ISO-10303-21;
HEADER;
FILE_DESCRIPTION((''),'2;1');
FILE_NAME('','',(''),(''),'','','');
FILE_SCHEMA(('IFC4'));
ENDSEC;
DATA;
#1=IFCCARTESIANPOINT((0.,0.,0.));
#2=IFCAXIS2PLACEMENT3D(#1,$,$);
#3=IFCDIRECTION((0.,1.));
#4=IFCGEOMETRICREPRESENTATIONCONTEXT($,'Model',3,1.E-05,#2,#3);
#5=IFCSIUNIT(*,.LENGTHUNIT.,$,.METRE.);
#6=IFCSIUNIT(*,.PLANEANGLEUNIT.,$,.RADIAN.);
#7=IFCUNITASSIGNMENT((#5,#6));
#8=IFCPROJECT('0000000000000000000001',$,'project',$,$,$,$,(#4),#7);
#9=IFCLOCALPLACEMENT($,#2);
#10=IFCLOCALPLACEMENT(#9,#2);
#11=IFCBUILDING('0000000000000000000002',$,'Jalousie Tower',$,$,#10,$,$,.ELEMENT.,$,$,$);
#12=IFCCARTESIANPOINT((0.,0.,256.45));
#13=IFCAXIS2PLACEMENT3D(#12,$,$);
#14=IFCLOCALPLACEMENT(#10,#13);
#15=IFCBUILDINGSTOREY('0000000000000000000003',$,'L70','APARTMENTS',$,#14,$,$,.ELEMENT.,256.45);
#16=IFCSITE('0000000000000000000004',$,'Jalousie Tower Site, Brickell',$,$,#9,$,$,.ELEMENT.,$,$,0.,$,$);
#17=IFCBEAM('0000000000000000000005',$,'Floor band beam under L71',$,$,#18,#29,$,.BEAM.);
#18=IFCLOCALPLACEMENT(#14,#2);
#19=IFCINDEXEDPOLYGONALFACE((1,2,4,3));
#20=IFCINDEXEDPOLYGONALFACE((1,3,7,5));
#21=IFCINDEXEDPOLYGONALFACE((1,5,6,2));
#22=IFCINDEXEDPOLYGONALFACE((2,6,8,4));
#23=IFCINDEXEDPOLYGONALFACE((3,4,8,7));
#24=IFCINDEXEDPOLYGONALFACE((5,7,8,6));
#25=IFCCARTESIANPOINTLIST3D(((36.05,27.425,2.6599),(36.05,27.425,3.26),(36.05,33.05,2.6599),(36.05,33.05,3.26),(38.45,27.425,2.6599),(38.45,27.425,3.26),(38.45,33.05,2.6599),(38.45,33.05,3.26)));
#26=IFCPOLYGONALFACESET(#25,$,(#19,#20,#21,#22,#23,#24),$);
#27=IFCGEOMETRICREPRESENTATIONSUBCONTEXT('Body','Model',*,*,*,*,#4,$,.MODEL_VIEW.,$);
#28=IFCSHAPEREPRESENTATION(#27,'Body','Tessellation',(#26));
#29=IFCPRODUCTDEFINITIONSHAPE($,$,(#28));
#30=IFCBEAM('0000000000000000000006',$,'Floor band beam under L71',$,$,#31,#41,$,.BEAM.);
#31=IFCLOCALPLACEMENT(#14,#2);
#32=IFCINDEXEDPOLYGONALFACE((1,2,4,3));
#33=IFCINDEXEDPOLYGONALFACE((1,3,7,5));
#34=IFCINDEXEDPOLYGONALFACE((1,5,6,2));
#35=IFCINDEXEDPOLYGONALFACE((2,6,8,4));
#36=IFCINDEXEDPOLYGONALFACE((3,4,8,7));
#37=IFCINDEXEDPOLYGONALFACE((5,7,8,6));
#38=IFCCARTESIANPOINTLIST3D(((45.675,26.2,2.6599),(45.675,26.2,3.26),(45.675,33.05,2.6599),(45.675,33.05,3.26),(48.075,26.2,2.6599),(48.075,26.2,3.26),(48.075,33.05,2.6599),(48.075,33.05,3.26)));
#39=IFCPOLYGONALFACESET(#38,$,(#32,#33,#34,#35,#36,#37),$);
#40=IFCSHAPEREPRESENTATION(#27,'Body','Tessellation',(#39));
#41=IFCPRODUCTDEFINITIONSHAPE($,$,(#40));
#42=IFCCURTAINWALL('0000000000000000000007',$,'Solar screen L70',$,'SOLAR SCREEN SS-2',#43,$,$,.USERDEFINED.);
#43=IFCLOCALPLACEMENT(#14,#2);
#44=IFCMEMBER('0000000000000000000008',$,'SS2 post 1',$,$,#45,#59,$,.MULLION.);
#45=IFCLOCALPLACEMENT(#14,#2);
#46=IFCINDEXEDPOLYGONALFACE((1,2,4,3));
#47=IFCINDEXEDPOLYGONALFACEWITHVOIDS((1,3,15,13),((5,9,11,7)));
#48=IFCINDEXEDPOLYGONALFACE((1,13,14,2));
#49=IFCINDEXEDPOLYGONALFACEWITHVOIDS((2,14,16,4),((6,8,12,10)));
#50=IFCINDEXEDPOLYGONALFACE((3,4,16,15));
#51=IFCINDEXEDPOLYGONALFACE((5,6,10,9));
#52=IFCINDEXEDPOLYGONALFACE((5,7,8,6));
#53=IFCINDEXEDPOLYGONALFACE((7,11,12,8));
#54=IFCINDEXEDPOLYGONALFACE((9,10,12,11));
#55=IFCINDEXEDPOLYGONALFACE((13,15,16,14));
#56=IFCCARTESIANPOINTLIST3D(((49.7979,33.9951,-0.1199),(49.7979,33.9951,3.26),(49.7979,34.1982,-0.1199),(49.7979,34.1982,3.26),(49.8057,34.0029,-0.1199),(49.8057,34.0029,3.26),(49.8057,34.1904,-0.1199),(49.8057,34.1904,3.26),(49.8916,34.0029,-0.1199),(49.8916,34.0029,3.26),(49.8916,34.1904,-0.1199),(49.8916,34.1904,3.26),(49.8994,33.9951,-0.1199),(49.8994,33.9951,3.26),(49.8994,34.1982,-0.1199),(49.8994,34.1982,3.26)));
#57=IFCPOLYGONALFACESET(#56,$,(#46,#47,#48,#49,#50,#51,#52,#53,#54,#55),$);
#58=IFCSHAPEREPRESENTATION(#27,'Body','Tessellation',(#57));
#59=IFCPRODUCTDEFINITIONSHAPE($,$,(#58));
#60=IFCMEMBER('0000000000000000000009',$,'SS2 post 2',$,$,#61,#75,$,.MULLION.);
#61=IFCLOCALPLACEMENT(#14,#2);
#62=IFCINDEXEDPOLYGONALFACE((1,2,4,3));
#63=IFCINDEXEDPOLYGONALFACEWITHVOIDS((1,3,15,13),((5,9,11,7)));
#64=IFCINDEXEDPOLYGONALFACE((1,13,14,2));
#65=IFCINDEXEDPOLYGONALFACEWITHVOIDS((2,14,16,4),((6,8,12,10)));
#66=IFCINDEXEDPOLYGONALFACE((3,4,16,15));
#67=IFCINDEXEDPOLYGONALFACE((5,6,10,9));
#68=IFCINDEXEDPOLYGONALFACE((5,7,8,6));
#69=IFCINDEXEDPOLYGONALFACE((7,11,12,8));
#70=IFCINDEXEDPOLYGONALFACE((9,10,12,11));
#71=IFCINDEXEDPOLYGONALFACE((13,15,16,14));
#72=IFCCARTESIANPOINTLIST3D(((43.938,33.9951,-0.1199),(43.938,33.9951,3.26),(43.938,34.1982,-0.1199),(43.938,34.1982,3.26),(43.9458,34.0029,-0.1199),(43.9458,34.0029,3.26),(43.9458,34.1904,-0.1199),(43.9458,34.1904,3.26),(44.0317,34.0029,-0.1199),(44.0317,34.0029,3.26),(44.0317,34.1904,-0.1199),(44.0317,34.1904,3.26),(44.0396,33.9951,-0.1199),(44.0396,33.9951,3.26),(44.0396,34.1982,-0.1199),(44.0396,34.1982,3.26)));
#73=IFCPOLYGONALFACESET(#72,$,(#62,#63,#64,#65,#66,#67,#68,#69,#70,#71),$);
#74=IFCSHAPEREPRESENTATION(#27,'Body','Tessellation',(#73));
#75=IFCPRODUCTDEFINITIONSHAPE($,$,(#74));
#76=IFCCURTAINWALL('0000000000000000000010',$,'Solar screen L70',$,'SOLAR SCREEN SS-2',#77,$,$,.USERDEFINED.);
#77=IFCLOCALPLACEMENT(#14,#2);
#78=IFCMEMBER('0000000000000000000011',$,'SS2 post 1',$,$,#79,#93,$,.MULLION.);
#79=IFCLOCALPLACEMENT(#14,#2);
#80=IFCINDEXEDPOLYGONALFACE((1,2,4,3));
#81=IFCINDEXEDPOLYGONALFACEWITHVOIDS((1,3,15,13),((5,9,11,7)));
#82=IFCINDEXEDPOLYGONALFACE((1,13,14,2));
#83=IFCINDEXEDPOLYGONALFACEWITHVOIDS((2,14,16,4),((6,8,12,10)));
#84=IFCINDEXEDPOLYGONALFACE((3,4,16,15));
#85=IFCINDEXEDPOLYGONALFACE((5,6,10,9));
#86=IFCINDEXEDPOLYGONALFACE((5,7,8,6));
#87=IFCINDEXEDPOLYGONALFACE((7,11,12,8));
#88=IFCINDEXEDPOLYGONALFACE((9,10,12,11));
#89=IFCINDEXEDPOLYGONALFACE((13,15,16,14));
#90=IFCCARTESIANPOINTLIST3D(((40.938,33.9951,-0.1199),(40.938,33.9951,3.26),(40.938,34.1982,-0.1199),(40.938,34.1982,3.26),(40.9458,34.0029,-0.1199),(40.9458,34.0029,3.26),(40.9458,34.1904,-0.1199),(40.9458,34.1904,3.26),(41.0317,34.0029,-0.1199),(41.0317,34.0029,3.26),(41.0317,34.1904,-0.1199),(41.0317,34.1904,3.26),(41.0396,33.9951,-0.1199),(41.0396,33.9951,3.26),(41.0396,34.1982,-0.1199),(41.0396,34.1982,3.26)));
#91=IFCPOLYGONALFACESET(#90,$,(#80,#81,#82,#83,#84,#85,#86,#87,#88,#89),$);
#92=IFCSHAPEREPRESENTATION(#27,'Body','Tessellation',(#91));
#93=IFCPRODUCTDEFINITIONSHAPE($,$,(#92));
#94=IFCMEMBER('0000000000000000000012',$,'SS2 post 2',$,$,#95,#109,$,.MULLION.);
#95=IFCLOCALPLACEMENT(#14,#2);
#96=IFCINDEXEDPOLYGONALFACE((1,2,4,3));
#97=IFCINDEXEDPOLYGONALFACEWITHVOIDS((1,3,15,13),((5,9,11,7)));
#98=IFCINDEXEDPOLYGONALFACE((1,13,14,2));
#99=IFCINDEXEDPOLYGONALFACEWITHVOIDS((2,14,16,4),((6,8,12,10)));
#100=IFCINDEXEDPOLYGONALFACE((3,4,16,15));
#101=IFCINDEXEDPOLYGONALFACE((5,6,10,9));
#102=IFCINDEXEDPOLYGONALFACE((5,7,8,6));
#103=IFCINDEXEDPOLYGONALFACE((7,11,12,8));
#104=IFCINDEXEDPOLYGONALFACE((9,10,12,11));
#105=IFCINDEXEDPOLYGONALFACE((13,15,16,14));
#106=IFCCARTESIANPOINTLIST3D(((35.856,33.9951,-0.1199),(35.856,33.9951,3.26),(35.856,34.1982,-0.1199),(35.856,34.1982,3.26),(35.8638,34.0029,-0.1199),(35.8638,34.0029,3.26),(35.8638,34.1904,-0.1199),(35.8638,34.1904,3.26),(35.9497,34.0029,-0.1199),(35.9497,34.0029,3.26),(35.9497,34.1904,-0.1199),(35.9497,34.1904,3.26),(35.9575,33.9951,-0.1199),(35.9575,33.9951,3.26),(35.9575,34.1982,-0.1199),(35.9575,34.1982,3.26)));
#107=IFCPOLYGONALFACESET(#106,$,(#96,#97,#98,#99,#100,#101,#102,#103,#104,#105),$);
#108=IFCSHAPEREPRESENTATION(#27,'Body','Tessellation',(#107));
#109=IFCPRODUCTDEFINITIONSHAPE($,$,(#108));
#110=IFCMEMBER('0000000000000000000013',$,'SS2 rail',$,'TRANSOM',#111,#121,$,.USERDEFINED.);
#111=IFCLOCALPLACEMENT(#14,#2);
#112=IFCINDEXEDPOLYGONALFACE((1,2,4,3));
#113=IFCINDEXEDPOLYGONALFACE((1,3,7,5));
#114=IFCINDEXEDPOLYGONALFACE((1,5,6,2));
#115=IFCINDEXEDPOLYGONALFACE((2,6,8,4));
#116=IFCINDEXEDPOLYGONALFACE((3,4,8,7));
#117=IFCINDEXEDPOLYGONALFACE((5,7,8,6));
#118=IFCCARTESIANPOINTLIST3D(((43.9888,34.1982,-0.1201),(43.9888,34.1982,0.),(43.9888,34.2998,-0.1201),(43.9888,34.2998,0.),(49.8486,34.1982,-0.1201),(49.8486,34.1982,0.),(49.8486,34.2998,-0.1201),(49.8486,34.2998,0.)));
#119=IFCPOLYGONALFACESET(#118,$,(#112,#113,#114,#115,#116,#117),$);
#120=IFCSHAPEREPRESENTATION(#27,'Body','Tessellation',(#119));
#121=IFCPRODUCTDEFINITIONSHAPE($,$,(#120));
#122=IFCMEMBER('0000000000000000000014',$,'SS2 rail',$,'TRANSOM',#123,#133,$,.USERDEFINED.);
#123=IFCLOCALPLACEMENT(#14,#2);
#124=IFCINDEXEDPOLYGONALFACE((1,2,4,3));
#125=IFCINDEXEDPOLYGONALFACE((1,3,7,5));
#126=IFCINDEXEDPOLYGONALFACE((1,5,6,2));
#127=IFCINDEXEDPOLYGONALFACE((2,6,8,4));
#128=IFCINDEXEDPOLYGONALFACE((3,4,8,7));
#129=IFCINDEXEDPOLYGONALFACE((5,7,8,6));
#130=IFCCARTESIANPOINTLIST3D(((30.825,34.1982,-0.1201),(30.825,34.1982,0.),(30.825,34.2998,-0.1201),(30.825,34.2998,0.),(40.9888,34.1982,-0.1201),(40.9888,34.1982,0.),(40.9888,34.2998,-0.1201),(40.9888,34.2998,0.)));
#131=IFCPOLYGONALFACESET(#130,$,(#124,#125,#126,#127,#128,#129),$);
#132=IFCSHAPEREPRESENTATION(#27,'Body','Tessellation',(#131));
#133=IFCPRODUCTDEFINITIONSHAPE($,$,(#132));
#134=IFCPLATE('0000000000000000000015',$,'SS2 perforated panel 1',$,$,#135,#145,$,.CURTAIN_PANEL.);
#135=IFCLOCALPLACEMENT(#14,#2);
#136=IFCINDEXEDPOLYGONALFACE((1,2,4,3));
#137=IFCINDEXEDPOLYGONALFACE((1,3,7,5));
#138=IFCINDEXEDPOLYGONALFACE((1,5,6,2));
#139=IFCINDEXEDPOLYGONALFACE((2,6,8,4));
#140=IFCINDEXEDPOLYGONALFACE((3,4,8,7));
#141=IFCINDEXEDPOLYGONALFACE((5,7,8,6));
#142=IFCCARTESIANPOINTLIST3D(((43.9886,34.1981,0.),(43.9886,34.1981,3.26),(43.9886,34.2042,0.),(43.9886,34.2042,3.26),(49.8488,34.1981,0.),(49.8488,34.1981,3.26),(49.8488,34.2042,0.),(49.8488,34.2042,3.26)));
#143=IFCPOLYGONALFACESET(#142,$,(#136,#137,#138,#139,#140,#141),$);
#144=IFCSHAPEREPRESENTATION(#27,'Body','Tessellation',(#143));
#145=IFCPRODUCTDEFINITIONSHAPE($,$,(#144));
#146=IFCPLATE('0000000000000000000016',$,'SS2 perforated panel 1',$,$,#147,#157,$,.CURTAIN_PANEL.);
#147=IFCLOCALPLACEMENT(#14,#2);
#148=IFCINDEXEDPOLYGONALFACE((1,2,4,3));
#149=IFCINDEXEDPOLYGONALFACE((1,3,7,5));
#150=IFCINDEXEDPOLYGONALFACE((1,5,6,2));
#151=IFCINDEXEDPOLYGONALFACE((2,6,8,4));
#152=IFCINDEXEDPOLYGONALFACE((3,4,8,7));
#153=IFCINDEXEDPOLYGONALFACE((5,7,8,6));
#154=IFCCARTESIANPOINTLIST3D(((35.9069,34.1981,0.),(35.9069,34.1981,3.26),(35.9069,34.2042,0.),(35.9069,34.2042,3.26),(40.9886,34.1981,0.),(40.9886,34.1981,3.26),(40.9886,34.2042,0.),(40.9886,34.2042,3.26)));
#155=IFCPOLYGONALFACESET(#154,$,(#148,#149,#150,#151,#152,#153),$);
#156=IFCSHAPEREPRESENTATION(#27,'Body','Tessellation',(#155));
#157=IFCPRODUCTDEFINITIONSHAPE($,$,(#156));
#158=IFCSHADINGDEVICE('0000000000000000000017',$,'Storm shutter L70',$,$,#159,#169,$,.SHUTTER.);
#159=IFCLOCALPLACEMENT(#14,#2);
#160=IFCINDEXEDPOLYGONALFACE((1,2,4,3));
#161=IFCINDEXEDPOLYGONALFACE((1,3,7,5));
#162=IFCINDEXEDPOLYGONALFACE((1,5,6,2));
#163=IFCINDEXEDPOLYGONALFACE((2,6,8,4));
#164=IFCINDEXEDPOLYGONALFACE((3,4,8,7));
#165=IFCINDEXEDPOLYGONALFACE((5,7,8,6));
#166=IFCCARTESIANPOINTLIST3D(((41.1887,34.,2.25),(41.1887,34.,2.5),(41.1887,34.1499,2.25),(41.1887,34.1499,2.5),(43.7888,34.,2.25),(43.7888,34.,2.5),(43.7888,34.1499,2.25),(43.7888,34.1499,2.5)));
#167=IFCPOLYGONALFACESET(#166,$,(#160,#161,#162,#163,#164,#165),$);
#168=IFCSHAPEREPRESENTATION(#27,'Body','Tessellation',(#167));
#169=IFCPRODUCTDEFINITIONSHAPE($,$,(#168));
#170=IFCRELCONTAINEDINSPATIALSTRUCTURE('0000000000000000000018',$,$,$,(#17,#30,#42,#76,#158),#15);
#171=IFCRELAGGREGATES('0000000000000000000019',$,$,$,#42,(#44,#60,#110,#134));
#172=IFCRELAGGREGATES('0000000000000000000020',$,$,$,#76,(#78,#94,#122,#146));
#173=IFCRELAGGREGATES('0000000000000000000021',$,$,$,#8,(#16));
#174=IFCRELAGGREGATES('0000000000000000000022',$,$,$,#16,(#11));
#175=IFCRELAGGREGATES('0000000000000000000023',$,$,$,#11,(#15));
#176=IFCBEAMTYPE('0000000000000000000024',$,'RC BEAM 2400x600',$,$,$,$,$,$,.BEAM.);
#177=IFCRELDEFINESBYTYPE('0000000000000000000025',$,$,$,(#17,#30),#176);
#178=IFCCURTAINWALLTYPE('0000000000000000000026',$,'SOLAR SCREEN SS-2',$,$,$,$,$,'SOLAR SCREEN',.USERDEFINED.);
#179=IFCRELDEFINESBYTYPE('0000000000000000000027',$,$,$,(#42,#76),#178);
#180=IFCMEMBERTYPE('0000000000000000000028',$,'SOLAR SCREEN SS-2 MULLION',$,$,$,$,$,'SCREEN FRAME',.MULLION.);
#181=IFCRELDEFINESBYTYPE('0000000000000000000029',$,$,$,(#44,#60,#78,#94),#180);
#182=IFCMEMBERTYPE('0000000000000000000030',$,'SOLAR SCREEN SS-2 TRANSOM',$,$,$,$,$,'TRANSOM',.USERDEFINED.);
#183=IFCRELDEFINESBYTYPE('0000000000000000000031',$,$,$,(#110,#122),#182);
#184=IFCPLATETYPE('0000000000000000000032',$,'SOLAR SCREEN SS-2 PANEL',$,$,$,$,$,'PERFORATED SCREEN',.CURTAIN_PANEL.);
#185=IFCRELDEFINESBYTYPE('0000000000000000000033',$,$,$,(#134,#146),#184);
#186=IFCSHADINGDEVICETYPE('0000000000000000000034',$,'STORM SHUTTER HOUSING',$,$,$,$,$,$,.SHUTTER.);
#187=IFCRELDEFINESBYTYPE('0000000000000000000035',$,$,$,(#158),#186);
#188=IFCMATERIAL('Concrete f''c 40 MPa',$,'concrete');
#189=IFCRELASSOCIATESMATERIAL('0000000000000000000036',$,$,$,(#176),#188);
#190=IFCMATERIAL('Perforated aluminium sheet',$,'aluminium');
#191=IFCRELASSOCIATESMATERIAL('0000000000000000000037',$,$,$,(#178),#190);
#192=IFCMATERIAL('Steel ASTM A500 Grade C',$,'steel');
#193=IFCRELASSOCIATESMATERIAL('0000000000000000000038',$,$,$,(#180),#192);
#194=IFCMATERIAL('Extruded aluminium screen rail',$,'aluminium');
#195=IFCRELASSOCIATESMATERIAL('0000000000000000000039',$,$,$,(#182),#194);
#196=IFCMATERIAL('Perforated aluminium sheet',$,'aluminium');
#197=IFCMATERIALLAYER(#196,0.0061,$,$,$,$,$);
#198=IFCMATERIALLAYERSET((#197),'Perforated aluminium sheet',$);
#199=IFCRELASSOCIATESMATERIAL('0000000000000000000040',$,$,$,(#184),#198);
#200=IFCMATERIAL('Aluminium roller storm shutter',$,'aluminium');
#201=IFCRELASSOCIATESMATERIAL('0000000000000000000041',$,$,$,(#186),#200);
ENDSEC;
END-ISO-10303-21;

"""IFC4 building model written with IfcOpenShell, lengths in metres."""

from ifc_helpers import new_model, si_unit, direction, frame, origin, origin_2d, place, context, subcontext, project, spatial, rectangle, hollow_rectangle, extrude, material, layer, layer_set, material_profile, profile_set, type_object, element, aggregate, save


model = new_model("IFC4")

# Units and contexts
model_context = context("Model", 3, precision=1e-05, world=origin(), true_north=direction((0.0, 1.0)))
body_context = subcontext(model_context, "Body", "Model", "MODEL_VIEW")
ifc_project = project(units=[si_unit("LENGTHUNIT", "METRE"), si_unit("PLANEANGLEUNIT", "RADIAN")], contexts=[model_context])

# Site, building, storey
site_placement = place(None, origin())
site = spatial("IfcSite", under=ifc_project, at=site_placement, Name="Jalousie Tower Site, Brickell", CompositionType="ELEMENT", RefElevation=0.0)
building_placement = place(site_placement, origin())
building = spatial("IfcBuilding", under=site, at=building_placement, Name="Jalousie Tower", CompositionType="ELEMENT")
storey_placement = place(building_placement, frame((0.0, 0.0, 256.45)))
storey = spatial("IfcBuildingStorey", under=building, at=storey_placement, Name="L70", Description="APARTMENTS", CompositionType="ELEMENT", Elevation=256.45)

# Beams
ifc_material_1 = material(Name="Concrete f'c 40 MPa", Category="concrete")
ifc_material_profile_1 = material_profile(ifc_material_1, rectangle(XDim=2.3999, YDim=0.6001, at=origin_2d()), Name="RC 2400x600")
ifc_profile_set_1 = profile_set([ifc_material_profile_1], Name="Concrete f'c 40 MPa")
beam_type_1 = type_object("IfcBeamType", Name="RC BEAM 2400x600", PredefinedType="BEAM", material=ifc_profile_set_1)
beam_1_placement = place(storey_placement, frame((37.25, 33.05, 2.96), z_axis=(0.0, -1.0, 0.0), x_axis=(1.0, 0.0, 0.0)))
element("IfcBeam", 1, at=beam_1_placement, inside=storey, type_object=beam_type_1, Name="Floor band beam under L71", PredefinedType="BEAM", context=body_context, shape_type="SweptSolid", body=[
    extrude(rectangle(XDim=2.3999, YDim=0.6001, at=origin_2d()), origin(), (0.0, 0.0, 1.0), 5.625),
])
beam_2_placement = place(storey_placement, frame((46.875, 33.05, 2.96), z_axis=(0.0, -1.0, 0.0), x_axis=(1.0, 0.0, 0.0)))
element("IfcBeam", 2, at=beam_2_placement, inside=storey, type_object=beam_type_1, Name="Floor band beam under L71", PredefinedType="BEAM", context=body_context, shape_type="SweptSolid", body=[
    extrude(rectangle(XDim=2.3999, YDim=0.6001, at=origin_2d()), origin(), (0.0, 0.0, 1.0), 6.8501),
])

# Curtain walls, members
ifc_material_2 = material(Name="Perforated aluminium sheet", Category="aluminium")
curtain_wall_type = type_object("IfcCurtainWallType", Name="SOLAR SCREEN SS-2", ElementType="SOLAR SCREEN", PredefinedType="USERDEFINED", material=ifc_material_2)
curtain_wall_1_placement = place(storey_placement, origin())
curtain_wall_1 = element("IfcCurtainWall", 3, at=curtain_wall_1_placement, inside=storey, type_object=curtain_wall_type, Name="Solar screen L70", ObjectType="SOLAR SCREEN SS-2", PredefinedType="USERDEFINED")
ifc_material_3 = material(Name="Steel ASTM A500 Grade C", Category="steel")
ifc_material_profile_2 = material_profile(ifc_material_3, hollow_rectangle(XDim=0.1016, YDim=0.2031, WallThickness=0.0078, at=origin_2d()), Name="HSS8X4X5/16")
ifc_profile_set_2 = profile_set([ifc_material_profile_2], Name="Steel ASTM A500 Grade C")
member_type_1 = type_object("IfcMemberType", Name="SOLAR SCREEN SS-2 MULLION", ElementType="SCREEN FRAME", PredefinedType="MULLION", material=ifc_profile_set_2)
member_1_placement = place(storey_placement, frame((49.8486, 34.0967, -0.1199), z_axis=(0.0, 0.0, 1.0), x_axis=(-1.0, 0.0, 0.0)))
member_1 = element("IfcMember", 4, at=member_1_placement, type_object=member_type_1, Name="SS2 post 1", PredefinedType="MULLION", context=body_context, shape_type="SweptSolid", body=[
    extrude(hollow_rectangle(XDim=0.1016, YDim=0.2031, WallThickness=0.0078, at=origin_2d()), origin(), (0.0, 0.0, 1.0), 3.3799),
])
member_2_placement = place(storey_placement, frame((43.9888, 34.0967, -0.1199), z_axis=(0.0, 0.0, 1.0), x_axis=(-1.0, 0.0, 0.0)))
member_2 = element("IfcMember", 5, at=member_2_placement, type_object=member_type_1, Name="SS2 post 2", PredefinedType="MULLION", context=body_context, shape_type="SweptSolid", body=[
    extrude(hollow_rectangle(XDim=0.1016, YDim=0.2031, WallThickness=0.0078, at=origin_2d()), origin(), (0.0, 0.0, 1.0), 3.3799),
])
curtain_wall_2_placement = place(storey_placement, origin())
curtain_wall_2 = element("IfcCurtainWall", 6, at=curtain_wall_2_placement, inside=storey, type_object=curtain_wall_type, Name="Solar screen L70", ObjectType="SOLAR SCREEN SS-2", PredefinedType="USERDEFINED")
member_3_placement = place(storey_placement, frame((40.9888, 34.0967, -0.1199), z_axis=(0.0, 0.0, 1.0), x_axis=(-1.0, 0.0, 0.0)))
member_3 = element("IfcMember", 7, at=member_3_placement, type_object=member_type_1, Name="SS2 post 1", PredefinedType="MULLION", context=body_context, shape_type="SweptSolid", body=[
    extrude(hollow_rectangle(XDim=0.1016, YDim=0.2031, WallThickness=0.0078, at=origin_2d()), origin(), (0.0, 0.0, 1.0), 3.3799),
])
member_4_placement = place(storey_placement, frame((35.9067, 34.0967, -0.1199), z_axis=(0.0, 0.0, 1.0), x_axis=(-1.0, 0.0, 0.0)))
member_4 = element("IfcMember", 8, at=member_4_placement, type_object=member_type_1, Name="SS2 post 2", PredefinedType="MULLION", context=body_context, shape_type="SweptSolid", body=[
    extrude(hollow_rectangle(XDim=0.1016, YDim=0.2031, WallThickness=0.0078, at=origin_2d()), origin(), (0.0, 0.0, 1.0), 3.3799),
])

# Members
ifc_material_4 = material(Name="Extruded aluminium screen rail", Category="aluminium")
ifc_material_profile_3 = material_profile(ifc_material_4, rectangle(XDim=0.1016, YDim=0.1201, at=origin_2d()), Name="RAIL 102x120")
ifc_profile_set_3 = profile_set([ifc_material_profile_3], Name="Extruded aluminium screen rail")
member_type_2 = type_object("IfcMemberType", Name="SOLAR SCREEN SS-2 TRANSOM", ElementType="TRANSOM", PredefinedType="USERDEFINED", material=ifc_profile_set_3)
member_5_placement = place(storey_placement, frame((49.8486, 34.249, -0.0601), z_axis=(-1.0, 0.0, 0.0), x_axis=(0.0, -1.0, 0.0)))
member_5 = element("IfcMember", 9, at=member_5_placement, type_object=member_type_2, Name="SS2 rail", ObjectType="TRANSOM", PredefinedType="USERDEFINED", context=body_context, shape_type="SweptSolid", body=[
    extrude(rectangle(XDim=0.1016, YDim=0.1201, at=origin_2d()), origin(), (0.0, 0.0, 1.0), 5.8599),
])
member_6_placement = place(storey_placement, frame((40.9888, 34.249, -0.0601), z_axis=(-1.0, 0.0, 0.0), x_axis=(0.0, -1.0, 0.0)))
member_6 = element("IfcMember", 10, at=member_6_placement, type_object=member_type_2, Name="SS2 rail", ObjectType="TRANSOM", PredefinedType="USERDEFINED", context=body_context, shape_type="SweptSolid", body=[
    extrude(rectangle(XDim=0.1016, YDim=0.1201, at=origin_2d()), origin(), (0.0, 0.0, 1.0), 10.1638),
])

# Plates
ifc_material_5 = material(Name="Perforated aluminium sheet", Category="aluminium")
ifc_layer = layer(ifc_material_5, 0.0061)
ifc_layer_set = layer_set([ifc_layer], Name="Perforated aluminium sheet")
plate_type = type_object("IfcPlateType", Name="SOLAR SCREEN SS-2 PANEL", ElementType="PERFORATED SCREEN", PredefinedType="CURTAIN_PANEL", material=ifc_layer_set)
plate_1_placement = place(storey_placement, frame((46.9187, 34.2012, 0.0), z_axis=(0.0, 0.0, 1.0), x_axis=(-1.0, 0.0, 0.0)))
plate_1 = element("IfcPlate", 11, at=plate_1_placement, type_object=plate_type, Name="SS2 perforated panel 1", PredefinedType="CURTAIN_PANEL", context=body_context, shape_type="SweptSolid", body=[
    extrude(rectangle(XDim=5.8601, YDim=0.0061, at=origin_2d()), origin(), (0.0, 0.0, 1.0), 3.26),
])
aggregate(curtain_wall_1, [member_1, member_2, member_5, plate_1])
plate_2_placement = place(storey_placement, frame((38.4478, 34.2012, 0.0), z_axis=(0.0, 0.0, 1.0), x_axis=(-1.0, 0.0, 0.0)))
plate_2 = element("IfcPlate", 12, at=plate_2_placement, type_object=plate_type, Name="SS2 perforated panel 1", PredefinedType="CURTAIN_PANEL", context=body_context, shape_type="SweptSolid", body=[
    extrude(rectangle(XDim=5.0818, YDim=0.0061, at=origin_2d()), origin(), (0.0, 0.0, 1.0), 3.26),
])
aggregate(curtain_wall_2, [member_3, member_4, member_6, plate_2])

# Shading device
ifc_material_6 = material(Name="Aluminium roller storm shutter", Category="aluminium")
shading_device_type = type_object("IfcShadingDeviceType", Name="STORM SHUTTER HOUSING", PredefinedType="SHUTTER", material=ifc_material_6)
shading_device_placement = place(storey_placement, frame((42.4888, 34.075, 2.25), z_axis=(0.0, 0.0, 1.0), x_axis=(-1.0, 0.0, 0.0)))
element("IfcShadingDevice", 13, at=shading_device_placement, inside=storey, type_object=shading_device_type, Name="Storm shutter L70", PredefinedType="SHUTTER", context=body_context, shape_type="SweptSolid", body=[
    extrude(rectangle(XDim=2.6001, YDim=0.1499, at=origin_2d()), origin(), (0.0, 0.0, 1.0), 0.25),
])

save(model, "model.ifc")
